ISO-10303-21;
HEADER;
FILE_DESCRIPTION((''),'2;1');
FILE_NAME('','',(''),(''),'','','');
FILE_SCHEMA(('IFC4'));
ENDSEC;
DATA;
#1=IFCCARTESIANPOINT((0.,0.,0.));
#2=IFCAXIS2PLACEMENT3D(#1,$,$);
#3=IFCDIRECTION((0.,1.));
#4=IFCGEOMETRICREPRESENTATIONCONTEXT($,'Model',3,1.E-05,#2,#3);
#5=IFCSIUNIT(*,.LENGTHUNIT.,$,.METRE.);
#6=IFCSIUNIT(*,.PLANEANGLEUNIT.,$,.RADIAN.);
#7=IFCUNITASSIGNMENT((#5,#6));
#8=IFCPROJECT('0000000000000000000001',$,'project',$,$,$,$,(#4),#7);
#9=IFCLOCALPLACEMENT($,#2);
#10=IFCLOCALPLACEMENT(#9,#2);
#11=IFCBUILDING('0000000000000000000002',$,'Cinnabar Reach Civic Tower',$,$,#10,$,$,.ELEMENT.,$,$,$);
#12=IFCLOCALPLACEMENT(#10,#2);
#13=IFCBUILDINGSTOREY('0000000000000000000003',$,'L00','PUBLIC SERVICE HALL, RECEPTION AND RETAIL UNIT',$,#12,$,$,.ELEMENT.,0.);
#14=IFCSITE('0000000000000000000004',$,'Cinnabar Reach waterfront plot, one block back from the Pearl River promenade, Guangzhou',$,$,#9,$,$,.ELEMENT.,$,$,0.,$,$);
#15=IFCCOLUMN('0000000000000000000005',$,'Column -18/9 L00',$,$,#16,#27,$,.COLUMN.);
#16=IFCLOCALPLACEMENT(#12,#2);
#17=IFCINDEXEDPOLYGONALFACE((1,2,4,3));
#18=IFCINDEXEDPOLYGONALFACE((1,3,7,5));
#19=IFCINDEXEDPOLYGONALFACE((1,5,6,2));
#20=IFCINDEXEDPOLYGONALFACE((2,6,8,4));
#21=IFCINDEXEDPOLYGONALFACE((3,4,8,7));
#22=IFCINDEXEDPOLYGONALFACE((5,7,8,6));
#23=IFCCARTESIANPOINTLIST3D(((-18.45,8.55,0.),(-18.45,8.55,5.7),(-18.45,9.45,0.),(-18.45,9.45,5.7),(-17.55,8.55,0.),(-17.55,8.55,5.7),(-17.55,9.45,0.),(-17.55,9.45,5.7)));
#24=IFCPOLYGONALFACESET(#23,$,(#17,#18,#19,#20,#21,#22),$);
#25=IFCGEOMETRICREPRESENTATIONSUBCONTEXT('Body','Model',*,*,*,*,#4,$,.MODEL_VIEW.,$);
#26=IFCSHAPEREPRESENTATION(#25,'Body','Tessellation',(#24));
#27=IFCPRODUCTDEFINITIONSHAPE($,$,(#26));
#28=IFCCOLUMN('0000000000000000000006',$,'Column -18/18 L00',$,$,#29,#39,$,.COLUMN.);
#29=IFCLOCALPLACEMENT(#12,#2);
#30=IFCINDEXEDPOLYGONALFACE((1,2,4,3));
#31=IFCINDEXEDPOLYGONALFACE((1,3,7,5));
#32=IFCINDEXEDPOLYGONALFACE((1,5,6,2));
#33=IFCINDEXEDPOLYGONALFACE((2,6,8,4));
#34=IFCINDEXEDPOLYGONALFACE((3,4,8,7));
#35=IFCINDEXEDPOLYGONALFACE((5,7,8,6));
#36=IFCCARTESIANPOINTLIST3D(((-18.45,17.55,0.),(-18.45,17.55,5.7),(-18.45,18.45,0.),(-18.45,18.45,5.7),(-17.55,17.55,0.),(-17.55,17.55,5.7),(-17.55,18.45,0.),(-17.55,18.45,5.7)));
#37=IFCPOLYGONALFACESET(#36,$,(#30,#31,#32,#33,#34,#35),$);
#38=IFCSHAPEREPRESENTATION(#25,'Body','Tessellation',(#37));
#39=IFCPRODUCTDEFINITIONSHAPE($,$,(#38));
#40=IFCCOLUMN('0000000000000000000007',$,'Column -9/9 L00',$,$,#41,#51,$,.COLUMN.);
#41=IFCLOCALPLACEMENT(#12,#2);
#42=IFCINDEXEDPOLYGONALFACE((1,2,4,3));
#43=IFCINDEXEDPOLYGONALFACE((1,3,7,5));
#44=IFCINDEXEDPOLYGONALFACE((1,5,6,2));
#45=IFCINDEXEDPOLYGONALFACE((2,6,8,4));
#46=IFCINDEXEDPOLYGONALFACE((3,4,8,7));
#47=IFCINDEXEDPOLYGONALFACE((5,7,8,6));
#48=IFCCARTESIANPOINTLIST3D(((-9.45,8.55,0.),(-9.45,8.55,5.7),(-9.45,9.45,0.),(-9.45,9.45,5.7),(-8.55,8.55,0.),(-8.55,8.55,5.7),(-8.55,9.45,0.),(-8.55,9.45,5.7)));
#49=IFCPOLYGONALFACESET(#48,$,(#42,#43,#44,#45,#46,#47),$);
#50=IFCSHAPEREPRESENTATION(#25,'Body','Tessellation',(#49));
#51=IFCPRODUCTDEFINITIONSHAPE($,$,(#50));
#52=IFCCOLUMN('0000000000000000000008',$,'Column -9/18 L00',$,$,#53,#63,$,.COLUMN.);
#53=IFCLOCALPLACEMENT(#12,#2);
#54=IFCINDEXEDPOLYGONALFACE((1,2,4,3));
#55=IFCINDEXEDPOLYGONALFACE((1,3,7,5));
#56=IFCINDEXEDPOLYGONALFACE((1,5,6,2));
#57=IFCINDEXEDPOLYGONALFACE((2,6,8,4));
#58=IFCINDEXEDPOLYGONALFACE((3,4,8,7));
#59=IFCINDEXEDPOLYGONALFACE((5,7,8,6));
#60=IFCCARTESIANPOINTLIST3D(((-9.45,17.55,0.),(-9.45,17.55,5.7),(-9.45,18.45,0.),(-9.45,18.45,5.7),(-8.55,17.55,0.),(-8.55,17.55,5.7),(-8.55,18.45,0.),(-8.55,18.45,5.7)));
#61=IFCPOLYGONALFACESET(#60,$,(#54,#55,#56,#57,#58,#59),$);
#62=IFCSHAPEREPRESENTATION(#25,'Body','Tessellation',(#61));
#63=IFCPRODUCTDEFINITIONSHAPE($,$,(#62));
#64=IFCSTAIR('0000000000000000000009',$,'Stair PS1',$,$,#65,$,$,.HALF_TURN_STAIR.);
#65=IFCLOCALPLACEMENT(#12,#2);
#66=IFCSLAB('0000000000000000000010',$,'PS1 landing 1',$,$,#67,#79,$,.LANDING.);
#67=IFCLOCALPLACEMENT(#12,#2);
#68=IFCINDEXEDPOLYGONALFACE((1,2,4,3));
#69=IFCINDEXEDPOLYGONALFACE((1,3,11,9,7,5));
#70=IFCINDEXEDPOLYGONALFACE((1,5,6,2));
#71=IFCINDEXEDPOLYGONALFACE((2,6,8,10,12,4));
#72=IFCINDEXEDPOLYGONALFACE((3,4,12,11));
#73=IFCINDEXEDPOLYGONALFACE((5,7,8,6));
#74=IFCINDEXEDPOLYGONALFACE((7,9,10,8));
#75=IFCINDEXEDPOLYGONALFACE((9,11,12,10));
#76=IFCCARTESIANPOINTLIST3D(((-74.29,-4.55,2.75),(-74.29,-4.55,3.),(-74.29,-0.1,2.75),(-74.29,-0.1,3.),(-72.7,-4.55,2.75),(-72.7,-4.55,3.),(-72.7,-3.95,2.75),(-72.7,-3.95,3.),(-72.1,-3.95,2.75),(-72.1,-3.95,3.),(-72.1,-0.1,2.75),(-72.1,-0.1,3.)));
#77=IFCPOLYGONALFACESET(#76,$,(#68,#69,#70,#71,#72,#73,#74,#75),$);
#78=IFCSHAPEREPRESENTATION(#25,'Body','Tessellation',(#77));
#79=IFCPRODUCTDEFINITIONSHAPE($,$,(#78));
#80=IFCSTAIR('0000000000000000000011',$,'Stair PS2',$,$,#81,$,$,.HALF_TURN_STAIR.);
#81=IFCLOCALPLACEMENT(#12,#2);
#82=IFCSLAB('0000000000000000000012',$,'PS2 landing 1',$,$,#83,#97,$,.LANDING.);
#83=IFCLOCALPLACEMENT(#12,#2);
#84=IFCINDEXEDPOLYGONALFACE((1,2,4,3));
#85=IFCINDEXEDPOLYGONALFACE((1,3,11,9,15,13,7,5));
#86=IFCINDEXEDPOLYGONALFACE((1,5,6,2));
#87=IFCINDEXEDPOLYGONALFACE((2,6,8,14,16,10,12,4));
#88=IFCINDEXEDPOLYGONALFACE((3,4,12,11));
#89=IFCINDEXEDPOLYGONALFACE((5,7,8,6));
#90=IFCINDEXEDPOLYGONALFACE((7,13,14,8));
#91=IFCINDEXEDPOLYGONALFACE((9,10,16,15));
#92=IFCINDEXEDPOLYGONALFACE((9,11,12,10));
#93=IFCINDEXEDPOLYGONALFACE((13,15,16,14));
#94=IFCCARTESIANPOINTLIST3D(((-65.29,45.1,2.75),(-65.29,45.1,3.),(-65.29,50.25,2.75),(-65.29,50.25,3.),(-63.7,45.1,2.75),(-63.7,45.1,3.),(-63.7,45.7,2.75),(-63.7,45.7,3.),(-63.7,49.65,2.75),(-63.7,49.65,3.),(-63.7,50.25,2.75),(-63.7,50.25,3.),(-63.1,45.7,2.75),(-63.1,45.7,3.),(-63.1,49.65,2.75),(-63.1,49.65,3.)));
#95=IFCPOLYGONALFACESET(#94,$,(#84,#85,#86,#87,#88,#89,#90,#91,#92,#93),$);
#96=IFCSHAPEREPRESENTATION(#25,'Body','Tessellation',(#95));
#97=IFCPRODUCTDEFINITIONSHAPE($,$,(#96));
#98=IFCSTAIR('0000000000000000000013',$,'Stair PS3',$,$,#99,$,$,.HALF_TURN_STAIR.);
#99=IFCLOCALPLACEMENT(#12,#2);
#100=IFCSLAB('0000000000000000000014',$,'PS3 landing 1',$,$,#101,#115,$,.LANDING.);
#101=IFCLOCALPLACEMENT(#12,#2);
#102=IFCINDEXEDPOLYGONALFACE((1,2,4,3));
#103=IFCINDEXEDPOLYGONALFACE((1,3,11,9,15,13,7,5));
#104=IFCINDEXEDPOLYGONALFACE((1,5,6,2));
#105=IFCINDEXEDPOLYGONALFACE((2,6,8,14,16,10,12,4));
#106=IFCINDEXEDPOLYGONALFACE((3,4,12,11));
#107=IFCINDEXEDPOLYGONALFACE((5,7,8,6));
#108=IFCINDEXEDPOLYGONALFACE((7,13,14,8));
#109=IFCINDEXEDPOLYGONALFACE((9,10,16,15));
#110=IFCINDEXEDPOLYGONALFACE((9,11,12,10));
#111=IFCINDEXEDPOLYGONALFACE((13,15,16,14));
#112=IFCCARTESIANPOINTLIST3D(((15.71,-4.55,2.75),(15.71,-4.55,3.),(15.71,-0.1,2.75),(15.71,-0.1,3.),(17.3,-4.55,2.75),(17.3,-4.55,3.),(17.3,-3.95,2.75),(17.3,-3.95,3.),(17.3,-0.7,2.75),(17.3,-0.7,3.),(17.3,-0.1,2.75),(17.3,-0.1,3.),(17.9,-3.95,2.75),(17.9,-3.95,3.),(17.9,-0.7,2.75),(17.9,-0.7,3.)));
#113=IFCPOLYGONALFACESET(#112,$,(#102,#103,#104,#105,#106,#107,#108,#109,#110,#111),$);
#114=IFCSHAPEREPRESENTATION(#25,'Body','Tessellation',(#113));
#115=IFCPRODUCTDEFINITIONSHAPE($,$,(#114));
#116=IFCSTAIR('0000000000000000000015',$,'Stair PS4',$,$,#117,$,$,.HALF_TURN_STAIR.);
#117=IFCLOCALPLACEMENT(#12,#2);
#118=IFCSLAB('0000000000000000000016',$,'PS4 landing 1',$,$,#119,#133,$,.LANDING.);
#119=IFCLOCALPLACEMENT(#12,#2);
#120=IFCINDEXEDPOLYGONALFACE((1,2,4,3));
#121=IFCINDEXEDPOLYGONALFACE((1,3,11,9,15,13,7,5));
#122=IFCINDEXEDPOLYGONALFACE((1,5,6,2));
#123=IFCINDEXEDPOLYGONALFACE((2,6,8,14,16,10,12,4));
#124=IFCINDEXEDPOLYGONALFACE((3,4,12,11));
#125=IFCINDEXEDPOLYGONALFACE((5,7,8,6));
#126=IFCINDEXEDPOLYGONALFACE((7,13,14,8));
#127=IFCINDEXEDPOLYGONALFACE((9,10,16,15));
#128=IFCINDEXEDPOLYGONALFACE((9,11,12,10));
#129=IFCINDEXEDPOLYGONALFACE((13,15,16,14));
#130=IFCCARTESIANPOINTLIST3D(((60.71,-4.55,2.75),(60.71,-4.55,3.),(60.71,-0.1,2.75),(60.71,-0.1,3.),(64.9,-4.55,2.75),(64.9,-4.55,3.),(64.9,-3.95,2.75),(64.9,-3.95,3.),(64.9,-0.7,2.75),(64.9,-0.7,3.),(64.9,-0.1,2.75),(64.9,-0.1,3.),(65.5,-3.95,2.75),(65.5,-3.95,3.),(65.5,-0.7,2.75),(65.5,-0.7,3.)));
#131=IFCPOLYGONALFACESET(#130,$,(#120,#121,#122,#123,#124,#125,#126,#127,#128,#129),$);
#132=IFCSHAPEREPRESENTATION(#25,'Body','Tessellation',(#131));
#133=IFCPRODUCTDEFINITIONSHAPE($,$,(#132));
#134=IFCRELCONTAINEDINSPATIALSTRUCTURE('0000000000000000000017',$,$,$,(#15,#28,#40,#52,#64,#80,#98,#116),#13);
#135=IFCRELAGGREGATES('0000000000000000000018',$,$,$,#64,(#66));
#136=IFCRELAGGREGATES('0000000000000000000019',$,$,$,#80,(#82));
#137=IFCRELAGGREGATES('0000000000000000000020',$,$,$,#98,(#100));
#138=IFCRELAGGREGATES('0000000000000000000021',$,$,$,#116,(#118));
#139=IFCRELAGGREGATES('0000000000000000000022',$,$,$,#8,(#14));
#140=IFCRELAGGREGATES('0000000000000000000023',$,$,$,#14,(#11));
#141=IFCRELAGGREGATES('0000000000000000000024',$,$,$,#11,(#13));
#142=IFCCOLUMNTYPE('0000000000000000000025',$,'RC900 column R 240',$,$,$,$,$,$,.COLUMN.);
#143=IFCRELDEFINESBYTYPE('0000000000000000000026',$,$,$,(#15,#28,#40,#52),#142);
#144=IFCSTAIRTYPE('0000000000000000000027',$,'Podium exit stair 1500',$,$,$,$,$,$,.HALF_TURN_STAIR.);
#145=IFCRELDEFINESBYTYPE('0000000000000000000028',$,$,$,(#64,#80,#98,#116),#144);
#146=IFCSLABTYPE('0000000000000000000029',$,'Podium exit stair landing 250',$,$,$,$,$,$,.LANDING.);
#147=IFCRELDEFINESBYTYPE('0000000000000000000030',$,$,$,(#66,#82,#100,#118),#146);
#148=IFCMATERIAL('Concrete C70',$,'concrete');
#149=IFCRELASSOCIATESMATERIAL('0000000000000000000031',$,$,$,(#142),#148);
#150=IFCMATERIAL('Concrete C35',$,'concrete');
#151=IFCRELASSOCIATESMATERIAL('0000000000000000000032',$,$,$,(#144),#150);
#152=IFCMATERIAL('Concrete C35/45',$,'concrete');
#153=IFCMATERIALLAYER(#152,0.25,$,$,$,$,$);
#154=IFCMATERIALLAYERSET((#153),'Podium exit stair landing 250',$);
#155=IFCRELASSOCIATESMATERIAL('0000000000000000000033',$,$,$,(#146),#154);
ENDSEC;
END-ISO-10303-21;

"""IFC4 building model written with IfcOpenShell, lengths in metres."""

from ifc_helpers import new_model, si_unit, direction, frame, origin, origin_2d, place, context, subcontext, project, spatial, polyline, rectangle, outline, extrude, material, layer, layer_set, material_profile, profile_set, type_object, element, aggregate, save


model = new_model("IFC4")

# Units and contexts
model_context = context("Model", 3, precision=1e-05, world=origin(), true_north=direction((0.0, 1.0)))
body_context = subcontext(model_context, "Body", "Model", "MODEL_VIEW")
ifc_project = project(units=[si_unit("LENGTHUNIT", "METRE"), si_unit("PLANEANGLEUNIT", "RADIAN")], contexts=[model_context])

# Site, building, storey
site_placement = place(None, origin())
site = spatial("IfcSite", under=ifc_project, at=site_placement, Name="Cinnabar Reach waterfront plot, one block back from the Pearl River promenade, Guangzhou", CompositionType="ELEMENT", RefElevation=0.0)
building_placement = place(site_placement, origin())
building = spatial("IfcBuilding", under=site, at=building_placement, Name="Cinnabar Reach Civic Tower", CompositionType="ELEMENT")
storey_placement = place(building_placement, origin())
storey = spatial("IfcBuildingStorey", under=building, at=storey_placement, Name="L00", Description="PUBLIC SERVICE HALL, RECEPTION AND RETAIL UNIT", CompositionType="ELEMENT", Elevation=0.0)

# Columns
ifc_material_1 = material(Name="Concrete C70", Category="concrete")
ifc_material_profile = material_profile(ifc_material_1, rectangle(XDim=0.9, YDim=0.9, at=origin_2d()), Name="RC900")
ifc_profile_set = profile_set([ifc_material_profile], Name="Concrete C70")
column_type = type_object("IfcColumnType", Name="RC900 column R 240", PredefinedType="COLUMN", material=ifc_profile_set)
for number, where, z_axis, x_axis, name in (
    (1, (-18.0, 9.0, 0.0), (0.0, 0.0, 1.0), (1.0, 0.0, 0.0), "Column -18/9 L00"),
    (2, (-18.0, 18.0, 0.0), (0.0, 0.0, 1.0), (1.0, 0.0, 0.0), "Column -18/18 L00"),
    (3, (-9.0, 9.0, 0.0), (0.0, 0.0, 1.0), (1.0, 0.0, 0.0), "Column -9/9 L00"),
    (4, (-9.0, 18.0, 0.0), (0.0, 0.0, 1.0), (1.0, 0.0, 0.0), "Column -9/18 L00"),
):
    element("IfcColumn", number, at=place(storey_placement, frame(where, z_axis=z_axis, x_axis=x_axis)), inside=storey, type_object=column_type, Name=name, PredefinedType="COLUMN", context=body_context, shape_type="SweptSolid", body=[
        extrude(rectangle(XDim=0.9, YDim=0.9, at=origin_2d()), origin(), (0.0, 0.0, 1.0), 5.7),
    ])

# Stairs, slabs
ifc_material_2 = material(Name="Concrete C35", Category="concrete")
stair_type = type_object("IfcStairType", Name="Podium exit stair 1500", PredefinedType="HALF_TURN_STAIR", material=ifc_material_2)
stair_1_placement = place(storey_placement, origin())
stair_1 = element("IfcStair", 5, at=stair_1_placement, inside=storey, type_object=stair_type, Name="Stair PS1", PredefinedType="HALF_TURN_STAIR")
ifc_material_3 = material(Name="Concrete C35/45", Category="concrete")
ifc_layer_1 = layer(ifc_material_3, 0.25)
ifc_layer_set_1 = layer_set([ifc_layer_1], Name="Podium exit stair landing 250")
slab_type_1 = type_object("IfcSlabType", Name="Podium exit stair landing 250", PredefinedType="LANDING", material=ifc_layer_set_1)
slab_1_placement = place(storey_placement, frame((0.0, 0.0, 2.75)))
slab_1 = element("IfcSlab", 6, at=slab_1_placement, type_object=slab_type_1, Name="PS1 landing 1", PredefinedType="LANDING", context=body_context, shape_type="SweptSolid", body=[
    extrude(outline(polyline([(-74.29, -4.55), (-74.29, -0.1), (-72.1, -0.1), (-72.1, -3.95), (-72.7, -3.95), (-72.7, -4.55), (-74.29, -4.55)])), origin(), (0.0, 0.0, 1.0), 0.25),
])
aggregate(stair_1, [slab_1])
stair_2_placement = place(storey_placement, origin())
stair_2 = element("IfcStair", 7, at=stair_2_placement, inside=storey, type_object=stair_type, Name="Stair PS2", PredefinedType="HALF_TURN_STAIR")
slab_2_placement = place(storey_placement, frame((0.0, 0.0, 2.75)))
slab_2 = element("IfcSlab", 8, at=slab_2_placement, type_object=slab_type_1, Name="PS2 landing 1", PredefinedType="LANDING", context=body_context, shape_type="SweptSolid", body=[
    extrude(outline(polyline([(-63.1, 45.7), (-63.7, 45.7), (-63.7, 45.1), (-65.29, 45.1), (-65.29, 50.25), (-63.7, 50.25), (-63.7, 49.65), (-63.1, 49.65), (-63.1, 45.7)])), origin(), (0.0, 0.0, 1.0), 0.25),
])
aggregate(stair_2, [slab_2])
stair_3_placement = place(storey_placement, origin())
stair_3 = element("IfcStair", 9, at=stair_3_placement, inside=storey, type_object=stair_type, Name="Stair PS3", PredefinedType="HALF_TURN_STAIR")
slab_3_placement = place(storey_placement, frame((0.0, 0.0, 2.75)))
slab_3 = element("IfcSlab", 10, at=slab_3_placement, type_object=slab_type_1, Name="PS3 landing 1", PredefinedType="LANDING", context=body_context, shape_type="SweptSolid", body=[
    extrude(outline(polyline([(17.9, -3.95), (17.3, -3.95), (17.3, -4.55), (15.71, -4.55), (15.71, -0.1), (17.3, -0.1), (17.3, -0.7), (17.9, -0.7), (17.9, -3.95)])), origin(), (0.0, 0.0, 1.0), 0.25),
])
aggregate(stair_3, [slab_3])
stair_4_placement = place(storey_placement, origin())
stair_4 = element("IfcStair", 11, at=stair_4_placement, inside=storey, type_object=stair_type, Name="Stair PS4", PredefinedType="HALF_TURN_STAIR")
slab_4_placement = place(storey_placement, frame((0.0, 0.0, 2.75)))
slab_4 = element("IfcSlab", 12, at=slab_4_placement, type_object=slab_type_1, Name="PS4 landing 1", PredefinedType="LANDING", context=body_context, shape_type="SweptSolid", body=[
    extrude(outline(polyline([(65.5, -3.95), (64.9, -3.95), (64.9, -4.55), (60.71, -4.55), (60.71, -0.1), (64.9, -0.1), (64.9, -0.7), (65.5, -0.7), (65.5, -3.95)])), origin(), (0.0, 0.0, 1.0), 0.25),
])
aggregate(stair_4, [slab_4])

save(model, "model.ifc")
